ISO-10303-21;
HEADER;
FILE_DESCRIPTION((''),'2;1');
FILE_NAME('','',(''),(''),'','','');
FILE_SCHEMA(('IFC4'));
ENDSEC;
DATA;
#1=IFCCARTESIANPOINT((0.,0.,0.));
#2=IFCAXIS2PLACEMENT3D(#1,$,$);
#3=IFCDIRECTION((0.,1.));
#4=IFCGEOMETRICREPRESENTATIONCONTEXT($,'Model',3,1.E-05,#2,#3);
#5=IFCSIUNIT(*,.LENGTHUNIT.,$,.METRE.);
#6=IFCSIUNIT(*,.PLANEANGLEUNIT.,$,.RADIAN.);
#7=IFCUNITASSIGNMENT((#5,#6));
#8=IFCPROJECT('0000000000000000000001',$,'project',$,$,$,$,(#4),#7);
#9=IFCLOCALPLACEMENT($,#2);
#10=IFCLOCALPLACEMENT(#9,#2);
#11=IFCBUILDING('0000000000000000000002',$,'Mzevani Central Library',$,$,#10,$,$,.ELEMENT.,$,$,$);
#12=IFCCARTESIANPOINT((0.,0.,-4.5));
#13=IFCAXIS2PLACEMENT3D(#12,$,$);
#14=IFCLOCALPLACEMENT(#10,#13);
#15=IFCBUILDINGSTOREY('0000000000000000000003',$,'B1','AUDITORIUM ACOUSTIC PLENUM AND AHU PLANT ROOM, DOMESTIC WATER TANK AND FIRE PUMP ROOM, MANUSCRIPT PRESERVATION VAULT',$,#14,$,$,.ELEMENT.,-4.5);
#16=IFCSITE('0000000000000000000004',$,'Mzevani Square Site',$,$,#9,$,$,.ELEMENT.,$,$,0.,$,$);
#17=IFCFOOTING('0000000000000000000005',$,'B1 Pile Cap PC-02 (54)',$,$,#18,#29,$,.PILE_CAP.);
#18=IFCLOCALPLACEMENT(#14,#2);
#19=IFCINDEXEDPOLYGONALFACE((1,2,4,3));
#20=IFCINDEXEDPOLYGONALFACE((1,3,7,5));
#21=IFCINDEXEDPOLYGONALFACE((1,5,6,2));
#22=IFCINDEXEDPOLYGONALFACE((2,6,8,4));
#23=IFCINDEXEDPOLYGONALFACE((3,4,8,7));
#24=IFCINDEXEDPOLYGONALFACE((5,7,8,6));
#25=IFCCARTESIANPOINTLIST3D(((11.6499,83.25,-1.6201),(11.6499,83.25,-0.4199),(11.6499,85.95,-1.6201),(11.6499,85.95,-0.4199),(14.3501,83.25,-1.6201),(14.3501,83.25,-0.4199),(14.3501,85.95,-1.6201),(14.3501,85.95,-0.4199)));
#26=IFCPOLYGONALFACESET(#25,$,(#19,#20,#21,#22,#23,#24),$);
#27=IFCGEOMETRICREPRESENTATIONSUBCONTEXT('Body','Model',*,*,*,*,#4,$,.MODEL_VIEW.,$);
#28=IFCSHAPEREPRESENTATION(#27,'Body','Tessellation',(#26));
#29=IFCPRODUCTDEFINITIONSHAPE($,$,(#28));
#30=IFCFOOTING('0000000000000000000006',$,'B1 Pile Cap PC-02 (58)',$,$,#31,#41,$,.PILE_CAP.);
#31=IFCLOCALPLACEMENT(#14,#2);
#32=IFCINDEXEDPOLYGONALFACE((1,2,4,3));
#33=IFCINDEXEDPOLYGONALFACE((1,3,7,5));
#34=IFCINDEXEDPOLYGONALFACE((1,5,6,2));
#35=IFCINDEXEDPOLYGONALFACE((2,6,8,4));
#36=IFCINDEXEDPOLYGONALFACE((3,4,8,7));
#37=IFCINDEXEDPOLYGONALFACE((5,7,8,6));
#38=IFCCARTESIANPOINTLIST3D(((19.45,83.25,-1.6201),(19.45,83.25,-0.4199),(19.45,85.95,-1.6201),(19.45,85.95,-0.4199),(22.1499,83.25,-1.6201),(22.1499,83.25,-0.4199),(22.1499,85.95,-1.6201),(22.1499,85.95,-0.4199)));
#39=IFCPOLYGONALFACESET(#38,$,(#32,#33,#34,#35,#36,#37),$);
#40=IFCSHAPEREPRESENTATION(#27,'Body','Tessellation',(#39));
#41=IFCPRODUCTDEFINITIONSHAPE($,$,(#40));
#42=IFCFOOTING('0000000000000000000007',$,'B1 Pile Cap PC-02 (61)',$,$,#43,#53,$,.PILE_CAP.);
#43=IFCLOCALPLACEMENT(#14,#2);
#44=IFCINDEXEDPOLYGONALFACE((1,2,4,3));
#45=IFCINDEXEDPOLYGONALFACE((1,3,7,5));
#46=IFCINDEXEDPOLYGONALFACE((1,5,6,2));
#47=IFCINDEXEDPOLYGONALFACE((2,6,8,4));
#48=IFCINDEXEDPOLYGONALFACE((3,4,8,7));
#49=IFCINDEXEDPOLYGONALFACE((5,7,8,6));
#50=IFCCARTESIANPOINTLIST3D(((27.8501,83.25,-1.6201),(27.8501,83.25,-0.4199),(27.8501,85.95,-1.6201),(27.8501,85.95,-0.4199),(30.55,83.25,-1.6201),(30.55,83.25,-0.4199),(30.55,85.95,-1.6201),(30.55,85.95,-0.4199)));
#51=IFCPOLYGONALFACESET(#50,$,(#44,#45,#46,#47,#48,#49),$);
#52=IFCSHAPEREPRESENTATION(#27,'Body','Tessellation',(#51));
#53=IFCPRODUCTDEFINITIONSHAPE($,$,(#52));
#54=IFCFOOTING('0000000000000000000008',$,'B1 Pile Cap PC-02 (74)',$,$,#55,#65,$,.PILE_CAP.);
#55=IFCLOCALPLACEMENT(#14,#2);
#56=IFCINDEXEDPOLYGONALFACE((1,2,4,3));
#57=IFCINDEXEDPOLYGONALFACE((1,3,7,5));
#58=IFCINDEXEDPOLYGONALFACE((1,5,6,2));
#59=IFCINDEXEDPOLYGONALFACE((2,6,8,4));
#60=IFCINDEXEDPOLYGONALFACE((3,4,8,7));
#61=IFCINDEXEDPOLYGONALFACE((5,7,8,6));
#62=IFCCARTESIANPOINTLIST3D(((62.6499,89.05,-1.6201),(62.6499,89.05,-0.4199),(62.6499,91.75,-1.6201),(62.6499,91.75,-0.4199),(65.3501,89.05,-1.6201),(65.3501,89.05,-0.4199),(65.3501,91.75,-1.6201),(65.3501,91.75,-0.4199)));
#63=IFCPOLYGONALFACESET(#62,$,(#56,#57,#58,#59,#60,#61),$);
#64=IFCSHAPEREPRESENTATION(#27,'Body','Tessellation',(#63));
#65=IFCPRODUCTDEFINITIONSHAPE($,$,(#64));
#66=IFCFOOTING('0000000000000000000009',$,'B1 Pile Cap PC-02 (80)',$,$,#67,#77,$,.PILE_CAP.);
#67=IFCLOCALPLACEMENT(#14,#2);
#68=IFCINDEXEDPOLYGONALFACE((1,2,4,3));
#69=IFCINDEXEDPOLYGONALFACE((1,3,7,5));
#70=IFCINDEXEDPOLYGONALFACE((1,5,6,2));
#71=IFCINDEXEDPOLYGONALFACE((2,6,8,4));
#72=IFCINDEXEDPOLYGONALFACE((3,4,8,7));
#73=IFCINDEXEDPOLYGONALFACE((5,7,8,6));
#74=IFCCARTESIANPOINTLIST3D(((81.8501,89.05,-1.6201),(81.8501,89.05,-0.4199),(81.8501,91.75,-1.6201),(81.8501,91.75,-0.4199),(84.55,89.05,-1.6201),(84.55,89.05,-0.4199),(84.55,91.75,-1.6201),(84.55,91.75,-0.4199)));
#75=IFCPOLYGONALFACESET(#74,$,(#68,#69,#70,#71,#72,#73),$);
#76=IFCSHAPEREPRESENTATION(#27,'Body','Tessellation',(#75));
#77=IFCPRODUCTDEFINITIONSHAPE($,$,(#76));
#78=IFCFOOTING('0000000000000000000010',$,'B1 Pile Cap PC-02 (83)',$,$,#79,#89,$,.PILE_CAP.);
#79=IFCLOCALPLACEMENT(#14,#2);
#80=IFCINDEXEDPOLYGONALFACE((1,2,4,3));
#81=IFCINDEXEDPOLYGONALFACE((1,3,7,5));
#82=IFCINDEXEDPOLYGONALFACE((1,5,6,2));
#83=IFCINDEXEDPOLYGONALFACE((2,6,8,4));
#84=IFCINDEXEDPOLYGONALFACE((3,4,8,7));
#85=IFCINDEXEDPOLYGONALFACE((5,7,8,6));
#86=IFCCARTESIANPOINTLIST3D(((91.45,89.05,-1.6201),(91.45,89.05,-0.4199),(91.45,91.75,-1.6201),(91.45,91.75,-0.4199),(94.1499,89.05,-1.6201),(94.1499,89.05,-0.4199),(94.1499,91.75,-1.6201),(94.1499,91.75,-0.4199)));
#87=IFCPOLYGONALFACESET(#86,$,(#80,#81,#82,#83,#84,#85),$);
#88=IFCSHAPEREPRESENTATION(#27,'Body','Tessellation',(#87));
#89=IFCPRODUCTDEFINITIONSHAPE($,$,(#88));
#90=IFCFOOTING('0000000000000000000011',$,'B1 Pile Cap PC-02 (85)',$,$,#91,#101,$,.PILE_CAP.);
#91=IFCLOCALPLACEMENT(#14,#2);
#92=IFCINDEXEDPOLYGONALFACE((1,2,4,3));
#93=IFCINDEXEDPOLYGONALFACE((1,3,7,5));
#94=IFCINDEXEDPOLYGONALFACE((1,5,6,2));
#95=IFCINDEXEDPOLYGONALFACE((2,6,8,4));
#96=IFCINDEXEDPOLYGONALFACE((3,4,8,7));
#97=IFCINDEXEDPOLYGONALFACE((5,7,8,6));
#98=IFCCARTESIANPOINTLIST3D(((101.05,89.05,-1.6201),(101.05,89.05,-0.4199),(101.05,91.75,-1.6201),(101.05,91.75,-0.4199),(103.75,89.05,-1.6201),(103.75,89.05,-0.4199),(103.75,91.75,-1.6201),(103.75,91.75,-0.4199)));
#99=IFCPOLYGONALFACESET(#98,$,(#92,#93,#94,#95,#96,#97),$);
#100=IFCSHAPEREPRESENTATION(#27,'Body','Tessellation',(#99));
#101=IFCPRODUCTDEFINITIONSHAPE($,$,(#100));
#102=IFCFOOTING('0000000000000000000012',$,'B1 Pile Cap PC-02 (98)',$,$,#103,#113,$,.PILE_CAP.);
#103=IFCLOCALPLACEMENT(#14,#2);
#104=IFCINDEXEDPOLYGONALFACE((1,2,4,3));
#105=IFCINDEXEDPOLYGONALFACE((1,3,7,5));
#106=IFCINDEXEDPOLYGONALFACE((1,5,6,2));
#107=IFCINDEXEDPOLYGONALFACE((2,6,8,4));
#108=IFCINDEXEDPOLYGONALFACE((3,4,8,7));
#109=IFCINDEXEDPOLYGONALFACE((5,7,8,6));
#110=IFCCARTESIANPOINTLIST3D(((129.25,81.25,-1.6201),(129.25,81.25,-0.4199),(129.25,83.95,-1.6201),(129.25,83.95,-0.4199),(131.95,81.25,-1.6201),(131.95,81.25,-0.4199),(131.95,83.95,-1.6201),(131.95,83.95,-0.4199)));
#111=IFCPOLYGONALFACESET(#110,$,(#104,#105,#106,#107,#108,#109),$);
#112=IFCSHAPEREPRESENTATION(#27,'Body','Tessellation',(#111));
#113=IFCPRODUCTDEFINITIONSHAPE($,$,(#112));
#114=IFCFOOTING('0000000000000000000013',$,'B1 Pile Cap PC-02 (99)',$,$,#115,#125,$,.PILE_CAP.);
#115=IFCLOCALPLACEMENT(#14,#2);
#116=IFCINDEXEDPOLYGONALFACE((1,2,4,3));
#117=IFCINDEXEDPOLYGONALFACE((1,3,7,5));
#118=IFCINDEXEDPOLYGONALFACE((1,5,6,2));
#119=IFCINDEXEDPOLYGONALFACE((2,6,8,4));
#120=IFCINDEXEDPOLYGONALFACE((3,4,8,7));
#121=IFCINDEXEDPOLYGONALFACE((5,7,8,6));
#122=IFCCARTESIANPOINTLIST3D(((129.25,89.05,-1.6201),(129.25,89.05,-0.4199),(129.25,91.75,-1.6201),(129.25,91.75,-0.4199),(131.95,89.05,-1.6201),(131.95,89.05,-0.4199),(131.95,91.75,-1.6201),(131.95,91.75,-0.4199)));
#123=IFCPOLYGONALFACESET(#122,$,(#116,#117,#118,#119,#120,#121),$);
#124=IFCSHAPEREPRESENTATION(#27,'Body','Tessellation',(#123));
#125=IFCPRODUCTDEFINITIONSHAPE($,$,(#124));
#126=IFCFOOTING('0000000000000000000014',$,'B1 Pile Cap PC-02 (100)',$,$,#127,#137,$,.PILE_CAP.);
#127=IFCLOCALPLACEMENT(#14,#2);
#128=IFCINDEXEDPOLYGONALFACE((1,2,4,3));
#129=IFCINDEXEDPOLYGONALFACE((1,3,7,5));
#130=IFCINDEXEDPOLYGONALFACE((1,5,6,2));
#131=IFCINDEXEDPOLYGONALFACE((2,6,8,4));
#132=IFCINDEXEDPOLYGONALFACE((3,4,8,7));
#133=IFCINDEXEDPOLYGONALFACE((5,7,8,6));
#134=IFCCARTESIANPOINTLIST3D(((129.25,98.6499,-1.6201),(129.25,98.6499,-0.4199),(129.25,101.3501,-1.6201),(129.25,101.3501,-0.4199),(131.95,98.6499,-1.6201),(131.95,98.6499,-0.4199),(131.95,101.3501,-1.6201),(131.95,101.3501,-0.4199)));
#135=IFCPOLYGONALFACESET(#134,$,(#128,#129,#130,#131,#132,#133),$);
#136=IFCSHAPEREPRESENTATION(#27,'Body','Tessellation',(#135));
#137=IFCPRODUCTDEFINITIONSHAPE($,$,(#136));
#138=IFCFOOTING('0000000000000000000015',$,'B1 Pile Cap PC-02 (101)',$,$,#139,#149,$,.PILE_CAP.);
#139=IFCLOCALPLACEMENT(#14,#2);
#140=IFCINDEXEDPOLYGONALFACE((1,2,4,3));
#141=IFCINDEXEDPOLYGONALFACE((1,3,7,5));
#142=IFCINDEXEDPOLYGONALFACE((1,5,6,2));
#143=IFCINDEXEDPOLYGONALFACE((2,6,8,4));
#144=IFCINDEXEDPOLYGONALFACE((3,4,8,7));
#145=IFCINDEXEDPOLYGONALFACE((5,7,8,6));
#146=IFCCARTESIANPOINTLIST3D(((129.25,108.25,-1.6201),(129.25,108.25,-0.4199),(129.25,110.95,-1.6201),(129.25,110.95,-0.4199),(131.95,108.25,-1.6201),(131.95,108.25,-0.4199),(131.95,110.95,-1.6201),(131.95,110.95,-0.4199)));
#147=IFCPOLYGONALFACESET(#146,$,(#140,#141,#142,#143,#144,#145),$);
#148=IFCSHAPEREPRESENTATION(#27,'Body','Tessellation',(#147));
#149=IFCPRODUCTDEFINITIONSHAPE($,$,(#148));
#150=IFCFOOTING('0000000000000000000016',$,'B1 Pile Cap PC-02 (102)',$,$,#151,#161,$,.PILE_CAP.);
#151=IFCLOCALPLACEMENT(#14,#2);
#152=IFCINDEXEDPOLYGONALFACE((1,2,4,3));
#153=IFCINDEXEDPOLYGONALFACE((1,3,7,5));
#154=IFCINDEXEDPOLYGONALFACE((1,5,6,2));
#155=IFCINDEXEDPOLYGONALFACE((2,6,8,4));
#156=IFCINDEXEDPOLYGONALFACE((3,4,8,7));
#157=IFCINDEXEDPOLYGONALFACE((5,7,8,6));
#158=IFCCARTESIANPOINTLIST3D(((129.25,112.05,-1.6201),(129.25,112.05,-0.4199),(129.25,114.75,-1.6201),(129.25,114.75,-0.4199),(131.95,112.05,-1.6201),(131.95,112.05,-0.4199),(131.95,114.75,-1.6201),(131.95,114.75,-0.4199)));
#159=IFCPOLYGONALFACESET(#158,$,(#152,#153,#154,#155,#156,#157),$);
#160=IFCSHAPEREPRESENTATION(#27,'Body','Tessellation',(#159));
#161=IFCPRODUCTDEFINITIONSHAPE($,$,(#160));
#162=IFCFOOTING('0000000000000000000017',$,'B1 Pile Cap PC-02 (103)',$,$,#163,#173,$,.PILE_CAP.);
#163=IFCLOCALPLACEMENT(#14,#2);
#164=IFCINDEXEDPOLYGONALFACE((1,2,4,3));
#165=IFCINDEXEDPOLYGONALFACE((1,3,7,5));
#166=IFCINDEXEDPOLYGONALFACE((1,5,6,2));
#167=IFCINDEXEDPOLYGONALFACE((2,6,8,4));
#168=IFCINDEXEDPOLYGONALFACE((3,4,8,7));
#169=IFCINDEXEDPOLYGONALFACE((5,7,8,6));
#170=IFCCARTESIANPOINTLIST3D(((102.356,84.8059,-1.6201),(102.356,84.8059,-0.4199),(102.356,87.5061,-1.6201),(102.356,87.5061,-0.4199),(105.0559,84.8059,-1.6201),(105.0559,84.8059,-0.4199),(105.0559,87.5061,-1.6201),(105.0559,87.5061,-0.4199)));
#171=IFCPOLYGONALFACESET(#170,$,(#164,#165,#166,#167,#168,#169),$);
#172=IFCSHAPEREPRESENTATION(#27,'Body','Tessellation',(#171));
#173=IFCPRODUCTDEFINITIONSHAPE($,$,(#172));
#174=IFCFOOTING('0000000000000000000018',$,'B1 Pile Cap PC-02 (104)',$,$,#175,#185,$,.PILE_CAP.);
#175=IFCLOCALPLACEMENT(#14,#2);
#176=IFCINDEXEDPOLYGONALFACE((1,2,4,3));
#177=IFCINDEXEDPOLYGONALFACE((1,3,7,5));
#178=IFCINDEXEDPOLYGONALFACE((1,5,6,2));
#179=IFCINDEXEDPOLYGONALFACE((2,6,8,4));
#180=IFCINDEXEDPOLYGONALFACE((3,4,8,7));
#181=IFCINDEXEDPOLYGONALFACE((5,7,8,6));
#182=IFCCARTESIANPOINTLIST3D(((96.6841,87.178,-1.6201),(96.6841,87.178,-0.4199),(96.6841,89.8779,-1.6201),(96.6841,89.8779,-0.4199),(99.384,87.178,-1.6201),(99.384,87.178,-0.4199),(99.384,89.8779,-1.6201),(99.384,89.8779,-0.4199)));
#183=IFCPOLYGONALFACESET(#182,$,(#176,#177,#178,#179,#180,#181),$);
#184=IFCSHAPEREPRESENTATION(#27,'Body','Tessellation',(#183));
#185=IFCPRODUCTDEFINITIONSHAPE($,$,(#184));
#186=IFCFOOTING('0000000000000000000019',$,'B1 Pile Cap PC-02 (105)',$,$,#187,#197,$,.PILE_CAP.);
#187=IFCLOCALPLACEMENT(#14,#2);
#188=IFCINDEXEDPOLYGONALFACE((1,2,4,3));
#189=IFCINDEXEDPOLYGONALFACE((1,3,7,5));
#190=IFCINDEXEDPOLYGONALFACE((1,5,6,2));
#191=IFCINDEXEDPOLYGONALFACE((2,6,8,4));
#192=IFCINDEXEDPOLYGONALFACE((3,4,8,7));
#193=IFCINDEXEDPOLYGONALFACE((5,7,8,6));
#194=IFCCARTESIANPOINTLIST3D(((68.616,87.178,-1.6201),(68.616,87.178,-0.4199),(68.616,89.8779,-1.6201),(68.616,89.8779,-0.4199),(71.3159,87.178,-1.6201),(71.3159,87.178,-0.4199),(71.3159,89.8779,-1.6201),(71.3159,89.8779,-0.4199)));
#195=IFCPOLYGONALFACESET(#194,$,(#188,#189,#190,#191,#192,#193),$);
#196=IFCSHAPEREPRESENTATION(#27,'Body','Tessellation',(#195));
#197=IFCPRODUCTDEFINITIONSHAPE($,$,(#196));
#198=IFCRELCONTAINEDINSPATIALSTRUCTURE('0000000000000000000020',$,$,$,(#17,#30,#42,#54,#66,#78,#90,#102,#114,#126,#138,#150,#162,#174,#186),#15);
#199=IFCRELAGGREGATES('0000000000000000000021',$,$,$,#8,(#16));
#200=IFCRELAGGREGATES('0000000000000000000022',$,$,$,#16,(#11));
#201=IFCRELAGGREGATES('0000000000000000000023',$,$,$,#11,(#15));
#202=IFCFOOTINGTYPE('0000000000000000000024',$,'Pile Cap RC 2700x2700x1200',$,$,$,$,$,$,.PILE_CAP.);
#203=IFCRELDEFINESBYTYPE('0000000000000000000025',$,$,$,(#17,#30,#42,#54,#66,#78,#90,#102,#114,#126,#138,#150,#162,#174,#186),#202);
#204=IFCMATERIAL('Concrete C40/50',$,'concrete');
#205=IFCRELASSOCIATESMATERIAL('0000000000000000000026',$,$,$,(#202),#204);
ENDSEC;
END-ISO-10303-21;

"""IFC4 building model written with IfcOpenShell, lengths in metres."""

from ifc_helpers import new_model, si_unit, direction, frame, origin, place, context, subcontext, project, spatial, polyline, outline, extrude, material, type_object, element, save


model = new_model("IFC4")

# Units and contexts
model_context = context("Model", 3, precision=1e-05, world=origin(), true_north=direction((0.0, 1.0)))
body_context = subcontext(model_context, "Body", "Model", "MODEL_VIEW")
ifc_project = project(units=[si_unit("LENGTHUNIT", "METRE"), si_unit("PLANEANGLEUNIT", "RADIAN")], contexts=[model_context])

# Site, building, storey
site_placement = place(None, origin())
site = spatial("IfcSite", under=ifc_project, at=site_placement, Name="Mzevani Square Site", CompositionType="ELEMENT", RefElevation=0.0)
building_placement = place(site_placement, origin())
building = spatial("IfcBuilding", under=site, at=building_placement, Name="Mzevani Central Library", CompositionType="ELEMENT")
storey_placement = place(building_placement, frame((0.0, 0.0, -4.5)))
storey = spatial("IfcBuildingStorey", under=building, at=storey_placement, Name="B1", Description="AUDITORIUM ACOUSTIC PLENUM AND AHU PLANT ROOM, DOMESTIC WATER TANK AND FIRE PUMP ROOM, MANUSCRIPT PRESERVATION VAULT", CompositionType="ELEMENT", Elevation=-4.5)

# Footings
ifc_material = material(Name="Concrete C40/50", Category="concrete")
footing_type = type_object("IfcFootingType", Name="Pile Cap RC 2700x2700x1200", PredefinedType="PILE_CAP", material=ifc_material)
footing_1_placement = place(storey_placement, frame((0.0, 0.0, -1.6201)))
element("IfcFooting", 1, at=footing_1_placement, inside=storey, type_object=footing_type, Name="B1 Pile Cap PC-02 (54)", PredefinedType="PILE_CAP", context=body_context, shape_type="SweptSolid", body=[
    extrude(outline(polyline([(11.6499, 83.25), (14.3501, 83.25), (14.3501, 85.95), (11.6499, 85.95), (11.6499, 83.25)])), origin(), (0.0, 0.0, 1.0), 1.2002),
])
footing_2_placement = place(storey_placement, frame((0.0, 0.0, -1.6201)))
element("IfcFooting", 2, at=footing_2_placement, inside=storey, type_object=footing_type, Name="B1 Pile Cap PC-02 (58)", PredefinedType="PILE_CAP", context=body_context, shape_type="SweptSolid", body=[
    extrude(outline(polyline([(19.45, 83.25), (22.1499, 83.25), (22.1499, 85.95), (19.45, 85.95), (19.45, 83.25)])), origin(), (0.0, 0.0, 1.0), 1.2002),
])
footing_3_placement = place(storey_placement, frame((0.0, 0.0, -1.6201)))
element("IfcFooting", 3, at=footing_3_placement, inside=storey, type_object=footing_type, Name="B1 Pile Cap PC-02 (61)", PredefinedType="PILE_CAP", context=body_context, shape_type="SweptSolid", body=[
    extrude(outline(polyline([(27.8501, 83.25), (30.55, 83.25), (30.55, 85.95), (27.8501, 85.95), (27.8501, 83.25)])), origin(), (0.0, 0.0, 1.0), 1.2002),
])
footing_4_placement = place(storey_placement, frame((0.0, 0.0, -1.6201)))
element("IfcFooting", 4, at=footing_4_placement, inside=storey, type_object=footing_type, Name="B1 Pile Cap PC-02 (74)", PredefinedType="PILE_CAP", context=body_context, shape_type="SweptSolid", body=[
    extrude(outline(polyline([(62.6499, 89.05), (65.3501, 89.05), (65.3501, 91.75), (62.6499, 91.75), (62.6499, 89.05)])), origin(), (0.0, 0.0, 1.0), 1.2002),
])
footing_5_placement = place(storey_placement, frame((0.0, 0.0, -1.6201)))
element("IfcFooting", 5, at=footing_5_placement, inside=storey, type_object=footing_type, Name="B1 Pile Cap PC-02 (80)", PredefinedType="PILE_CAP", context=body_context, shape_type="SweptSolid", body=[
    extrude(outline(polyline([(81.8501, 89.05), (84.55, 89.05), (84.55, 91.75), (81.8501, 91.75), (81.8501, 89.05)])), origin(), (0.0, 0.0, 1.0), 1.2002),
])
footing_6_placement = place(storey_placement, frame((0.0, 0.0, -1.6201)))
element("IfcFooting", 6, at=footing_6_placement, inside=storey, type_object=footing_type, Name="B1 Pile Cap PC-02 (83)", PredefinedType="PILE_CAP", context=body_context, shape_type="SweptSolid", body=[
    extrude(outline(polyline([(91.45, 89.05), (94.1499, 89.05), (94.1499, 91.75), (91.45, 91.75), (91.45, 89.05)])), origin(), (0.0, 0.0, 1.0), 1.2002),
])
footing_7_placement = place(storey_placement, frame((0.0, 0.0, -1.6201)))
element("IfcFooting", 7, at=footing_7_placement, inside=storey, type_object=footing_type, Name="B1 Pile Cap PC-02 (85)", PredefinedType="PILE_CAP", context=body_context, shape_type="SweptSolid", body=[
    extrude(outline(polyline([(101.05, 89.05), (103.75, 89.05), (103.75, 91.75), (101.05, 91.75), (101.05, 89.05)])), origin(), (0.0, 0.0, 1.0), 1.2002),
])
footing_8_placement = place(storey_placement, frame((0.0, 0.0, -1.6201)))
element("IfcFooting", 8, at=footing_8_placement, inside=storey, type_object=footing_type, Name="B1 Pile Cap PC-02 (98)", PredefinedType="PILE_CAP", context=body_context, shape_type="SweptSolid", body=[
    extrude(outline(polyline([(129.25, 81.25), (131.95, 81.25), (131.95, 83.95), (129.25, 83.95), (129.25, 81.25)])), origin(), (0.0, 0.0, 1.0), 1.2002),
])
footing_9_placement = place(storey_placement, frame((0.0, 0.0, -1.6201)))
element("IfcFooting", 9, at=footing_9_placement, inside=storey, type_object=footing_type, Name="B1 Pile Cap PC-02 (99)", PredefinedType="PILE_CAP", context=body_context, shape_type="SweptSolid", body=[
    extrude(outline(polyline([(129.25, 89.05), (131.95, 89.05), (131.95, 91.75), (129.25, 91.75), (129.25, 89.05)])), origin(), (0.0, 0.0, 1.0), 1.2002),
])
footing_10_placement = place(storey_placement, frame((0.0, 0.0, -1.6201)))
element("IfcFooting", 10, at=footing_10_placement, inside=storey, type_object=footing_type, Name="B1 Pile Cap PC-02 (100)", PredefinedType="PILE_CAP", context=body_context, shape_type="SweptSolid", body=[
    extrude(outline(polyline([(129.25, 98.6499), (131.95, 98.6499), (131.95, 101.3501), (129.25, 101.3501), (129.25, 98.6499)])), origin(), (0.0, 0.0, 1.0), 1.2002),
])
footing_11_placement = place(storey_placement, frame((0.0, 0.0, -1.6201)))
element("IfcFooting", 11, at=footing_11_placement, inside=storey, type_object=footing_type, Name="B1 Pile Cap PC-02 (101)", PredefinedType="PILE_CAP", context=body_context, shape_type="SweptSolid", body=[
    extrude(outline(polyline([(129.25, 108.25), (131.95, 108.25), (131.95, 110.95), (129.25, 110.95), (129.25, 108.25)])), origin(), (0.0, 0.0, 1.0), 1.2002),
])
footing_12_placement = place(storey_placement, frame((0.0, 0.0, -1.6201)))
element("IfcFooting", 12, at=footing_12_placement, inside=storey, type_object=footing_type, Name="B1 Pile Cap PC-02 (102)", PredefinedType="PILE_CAP", context=body_context, shape_type="SweptSolid", body=[
    extrude(outline(polyline([(129.25, 112.05), (131.95, 112.05), (131.95, 114.75), (129.25, 114.75), (129.25, 112.05)])), origin(), (0.0, 0.0, 1.0), 1.2002),
])
footing_13_placement = place(storey_placement, frame((0.0, 0.0, -1.6201)))
element("IfcFooting", 13, at=footing_13_placement, inside=storey, type_object=footing_type, Name="B1 Pile Cap PC-02 (103)", PredefinedType="PILE_CAP", context=body_context, shape_type="SweptSolid", body=[
    extrude(outline(polyline([(102.356, 84.8059), (105.0559, 84.8059), (105.0559, 87.5061), (102.356, 87.5061), (102.356, 84.8059)])), origin(), (0.0, 0.0, 1.0), 1.2002),
])
footing_14_placement = place(storey_placement, frame((0.0, 0.0, -1.6201)))
element("IfcFooting", 14, at=footing_14_placement, inside=storey, type_object=footing_type, Name="B1 Pile Cap PC-02 (104)", PredefinedType="PILE_CAP", context=body_context, shape_type="SweptSolid", body=[
    extrude(outline(polyline([(96.6841, 87.178), (99.384, 87.178), (99.384, 89.8779), (96.6841, 89.8779), (96.6841, 87.178)])), origin(), (0.0, 0.0, 1.0), 1.2002),
])
footing_15_placement = place(storey_placement, frame((0.0, 0.0, -1.6201)))
element("IfcFooting", 15, at=footing_15_placement, inside=storey, type_object=footing_type, Name="B1 Pile Cap PC-02 (105)", PredefinedType="PILE_CAP", context=body_context, shape_type="SweptSolid", body=[
    extrude(outline(polyline([(68.616, 87.178), (71.3159, 87.178), (71.3159, 89.8779), (68.616, 89.8779), (68.616, 87.178)])), origin(), (0.0, 0.0, 1.0), 1.2002),
])

save(model, "model.ifc")
